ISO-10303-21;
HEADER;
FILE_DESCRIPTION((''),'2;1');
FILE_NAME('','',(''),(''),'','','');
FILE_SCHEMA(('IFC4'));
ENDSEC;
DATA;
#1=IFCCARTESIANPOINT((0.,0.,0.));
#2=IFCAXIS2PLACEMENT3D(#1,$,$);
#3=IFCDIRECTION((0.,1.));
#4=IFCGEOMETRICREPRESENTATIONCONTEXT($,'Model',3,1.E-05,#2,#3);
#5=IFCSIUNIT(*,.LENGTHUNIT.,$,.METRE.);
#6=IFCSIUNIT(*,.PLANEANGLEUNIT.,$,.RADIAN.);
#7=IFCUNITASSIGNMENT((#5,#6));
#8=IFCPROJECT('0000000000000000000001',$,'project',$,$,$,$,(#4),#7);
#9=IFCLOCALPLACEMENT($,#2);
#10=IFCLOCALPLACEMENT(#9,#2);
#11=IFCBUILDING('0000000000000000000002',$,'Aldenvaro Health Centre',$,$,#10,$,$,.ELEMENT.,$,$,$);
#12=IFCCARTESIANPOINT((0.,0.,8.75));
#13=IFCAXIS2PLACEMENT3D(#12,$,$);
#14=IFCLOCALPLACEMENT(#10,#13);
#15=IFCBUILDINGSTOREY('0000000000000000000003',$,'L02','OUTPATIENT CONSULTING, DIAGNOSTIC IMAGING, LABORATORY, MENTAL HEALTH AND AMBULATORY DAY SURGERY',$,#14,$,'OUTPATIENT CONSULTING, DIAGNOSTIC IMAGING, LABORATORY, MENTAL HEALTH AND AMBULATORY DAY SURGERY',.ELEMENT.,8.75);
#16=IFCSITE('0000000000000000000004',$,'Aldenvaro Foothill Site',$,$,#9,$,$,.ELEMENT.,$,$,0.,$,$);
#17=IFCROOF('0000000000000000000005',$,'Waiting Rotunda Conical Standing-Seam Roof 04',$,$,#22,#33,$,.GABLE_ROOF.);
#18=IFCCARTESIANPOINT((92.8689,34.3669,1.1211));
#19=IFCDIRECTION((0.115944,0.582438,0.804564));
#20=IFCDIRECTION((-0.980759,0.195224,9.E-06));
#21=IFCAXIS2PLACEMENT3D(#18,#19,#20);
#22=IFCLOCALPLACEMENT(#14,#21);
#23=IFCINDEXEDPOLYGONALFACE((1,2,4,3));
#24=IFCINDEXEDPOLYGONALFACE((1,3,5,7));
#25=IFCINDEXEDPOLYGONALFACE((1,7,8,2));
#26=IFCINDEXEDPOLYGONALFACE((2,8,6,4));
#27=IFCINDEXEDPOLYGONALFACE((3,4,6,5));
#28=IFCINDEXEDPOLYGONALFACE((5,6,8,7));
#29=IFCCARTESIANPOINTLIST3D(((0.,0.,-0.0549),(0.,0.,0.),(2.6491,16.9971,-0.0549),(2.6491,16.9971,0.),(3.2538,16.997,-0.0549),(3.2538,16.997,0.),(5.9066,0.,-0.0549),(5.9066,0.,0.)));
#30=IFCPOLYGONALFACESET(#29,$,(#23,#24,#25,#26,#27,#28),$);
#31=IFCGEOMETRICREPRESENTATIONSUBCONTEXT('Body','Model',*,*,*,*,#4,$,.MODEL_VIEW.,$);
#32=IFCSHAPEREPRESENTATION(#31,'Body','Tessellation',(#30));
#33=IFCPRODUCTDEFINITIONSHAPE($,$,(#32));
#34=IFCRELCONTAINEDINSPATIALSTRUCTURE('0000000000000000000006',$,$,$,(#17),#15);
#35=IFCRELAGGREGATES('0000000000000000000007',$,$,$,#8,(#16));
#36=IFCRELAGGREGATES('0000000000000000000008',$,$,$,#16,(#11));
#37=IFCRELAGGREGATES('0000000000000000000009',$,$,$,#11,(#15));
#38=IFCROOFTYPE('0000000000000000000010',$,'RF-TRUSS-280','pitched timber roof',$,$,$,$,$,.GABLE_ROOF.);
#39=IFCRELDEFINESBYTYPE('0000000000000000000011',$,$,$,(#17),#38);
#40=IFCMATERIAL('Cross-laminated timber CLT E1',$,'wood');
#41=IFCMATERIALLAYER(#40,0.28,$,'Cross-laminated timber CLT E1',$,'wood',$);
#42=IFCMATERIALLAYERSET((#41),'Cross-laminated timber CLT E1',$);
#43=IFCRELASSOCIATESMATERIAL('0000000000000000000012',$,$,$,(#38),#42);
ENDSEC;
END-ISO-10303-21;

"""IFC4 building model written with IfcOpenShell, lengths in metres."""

from ifc_helpers import new_model, si_unit, direction, frame, origin, place, context, subcontext, project, spatial, polyline, outline, extrude, material, layer, layer_set, type_object, element, save


model = new_model("IFC4")

# Units and contexts
model_context = context("Model", 3, precision=1e-05, world=origin(), true_north=direction((0.0, 1.0)))
body_context = subcontext(model_context, "Body", "Model", "MODEL_VIEW")
ifc_project = project(units=[si_unit("LENGTHUNIT", "METRE"), si_unit("PLANEANGLEUNIT", "RADIAN")], contexts=[model_context])

# Site, building, storey
site_placement = place(None, origin())
site = spatial("IfcSite", under=ifc_project, at=site_placement, Name="Aldenvaro Foothill Site", CompositionType="ELEMENT", RefElevation=0.0)
building_placement = place(site_placement, origin())
building = spatial("IfcBuilding", under=site, at=building_placement, Name="Aldenvaro Health Centre", CompositionType="ELEMENT")
storey_placement = place(building_placement, frame((0.0, 0.0, 8.75)))
storey = spatial("IfcBuildingStorey", under=building, at=storey_placement, Name="L02", Description="OUTPATIENT CONSULTING, DIAGNOSTIC IMAGING, LABORATORY, MENTAL HEALTH AND AMBULATORY DAY SURGERY", LongName="OUTPATIENT CONSULTING, DIAGNOSTIC IMAGING, LABORATORY, MENTAL HEALTH AND AMBULATORY DAY SURGERY", CompositionType="ELEMENT", Elevation=8.75)

# Shared definitions
ifc_material_1 = material(Name="Cross-laminated timber CLT E1", Category="wood")

# Roof
ifc_layer_1 = layer(ifc_material_1, 0.28, Name="Cross-laminated timber CLT E1", Category="wood")
ifc_layer_set_1 = layer_set([ifc_layer_1], Name="Cross-laminated timber CLT E1")
roof_type = type_object("IfcRoofType", Name="RF-TRUSS-280", Description="pitched timber roof", PredefinedType="GABLE_ROOF", material=ifc_layer_set_1)
roof_placement = place(storey_placement, frame((92.8689, 34.3669, 1.1211), z_axis=(0.115944, 0.582438, 0.804564), x_axis=(-0.980759, 0.195224, 0.000009)))
element("IfcRoof", 1, at=roof_placement, inside=storey, type_object=roof_type, Name="Waiting Rotunda Conical Standing-Seam Roof 04", PredefinedType="GABLE_ROOF", context=body_context, shape_type="SweptSolid", body=[
    extrude(outline(polyline([(0.0, 0.0), (5.9066, 0.0), (3.2538, 16.997), (2.6491, 16.9971), (0.0, 0.0)])), origin(), (0.0, 0.0, -1.0), 0.0549),
])

save(model, "model.ifc")
